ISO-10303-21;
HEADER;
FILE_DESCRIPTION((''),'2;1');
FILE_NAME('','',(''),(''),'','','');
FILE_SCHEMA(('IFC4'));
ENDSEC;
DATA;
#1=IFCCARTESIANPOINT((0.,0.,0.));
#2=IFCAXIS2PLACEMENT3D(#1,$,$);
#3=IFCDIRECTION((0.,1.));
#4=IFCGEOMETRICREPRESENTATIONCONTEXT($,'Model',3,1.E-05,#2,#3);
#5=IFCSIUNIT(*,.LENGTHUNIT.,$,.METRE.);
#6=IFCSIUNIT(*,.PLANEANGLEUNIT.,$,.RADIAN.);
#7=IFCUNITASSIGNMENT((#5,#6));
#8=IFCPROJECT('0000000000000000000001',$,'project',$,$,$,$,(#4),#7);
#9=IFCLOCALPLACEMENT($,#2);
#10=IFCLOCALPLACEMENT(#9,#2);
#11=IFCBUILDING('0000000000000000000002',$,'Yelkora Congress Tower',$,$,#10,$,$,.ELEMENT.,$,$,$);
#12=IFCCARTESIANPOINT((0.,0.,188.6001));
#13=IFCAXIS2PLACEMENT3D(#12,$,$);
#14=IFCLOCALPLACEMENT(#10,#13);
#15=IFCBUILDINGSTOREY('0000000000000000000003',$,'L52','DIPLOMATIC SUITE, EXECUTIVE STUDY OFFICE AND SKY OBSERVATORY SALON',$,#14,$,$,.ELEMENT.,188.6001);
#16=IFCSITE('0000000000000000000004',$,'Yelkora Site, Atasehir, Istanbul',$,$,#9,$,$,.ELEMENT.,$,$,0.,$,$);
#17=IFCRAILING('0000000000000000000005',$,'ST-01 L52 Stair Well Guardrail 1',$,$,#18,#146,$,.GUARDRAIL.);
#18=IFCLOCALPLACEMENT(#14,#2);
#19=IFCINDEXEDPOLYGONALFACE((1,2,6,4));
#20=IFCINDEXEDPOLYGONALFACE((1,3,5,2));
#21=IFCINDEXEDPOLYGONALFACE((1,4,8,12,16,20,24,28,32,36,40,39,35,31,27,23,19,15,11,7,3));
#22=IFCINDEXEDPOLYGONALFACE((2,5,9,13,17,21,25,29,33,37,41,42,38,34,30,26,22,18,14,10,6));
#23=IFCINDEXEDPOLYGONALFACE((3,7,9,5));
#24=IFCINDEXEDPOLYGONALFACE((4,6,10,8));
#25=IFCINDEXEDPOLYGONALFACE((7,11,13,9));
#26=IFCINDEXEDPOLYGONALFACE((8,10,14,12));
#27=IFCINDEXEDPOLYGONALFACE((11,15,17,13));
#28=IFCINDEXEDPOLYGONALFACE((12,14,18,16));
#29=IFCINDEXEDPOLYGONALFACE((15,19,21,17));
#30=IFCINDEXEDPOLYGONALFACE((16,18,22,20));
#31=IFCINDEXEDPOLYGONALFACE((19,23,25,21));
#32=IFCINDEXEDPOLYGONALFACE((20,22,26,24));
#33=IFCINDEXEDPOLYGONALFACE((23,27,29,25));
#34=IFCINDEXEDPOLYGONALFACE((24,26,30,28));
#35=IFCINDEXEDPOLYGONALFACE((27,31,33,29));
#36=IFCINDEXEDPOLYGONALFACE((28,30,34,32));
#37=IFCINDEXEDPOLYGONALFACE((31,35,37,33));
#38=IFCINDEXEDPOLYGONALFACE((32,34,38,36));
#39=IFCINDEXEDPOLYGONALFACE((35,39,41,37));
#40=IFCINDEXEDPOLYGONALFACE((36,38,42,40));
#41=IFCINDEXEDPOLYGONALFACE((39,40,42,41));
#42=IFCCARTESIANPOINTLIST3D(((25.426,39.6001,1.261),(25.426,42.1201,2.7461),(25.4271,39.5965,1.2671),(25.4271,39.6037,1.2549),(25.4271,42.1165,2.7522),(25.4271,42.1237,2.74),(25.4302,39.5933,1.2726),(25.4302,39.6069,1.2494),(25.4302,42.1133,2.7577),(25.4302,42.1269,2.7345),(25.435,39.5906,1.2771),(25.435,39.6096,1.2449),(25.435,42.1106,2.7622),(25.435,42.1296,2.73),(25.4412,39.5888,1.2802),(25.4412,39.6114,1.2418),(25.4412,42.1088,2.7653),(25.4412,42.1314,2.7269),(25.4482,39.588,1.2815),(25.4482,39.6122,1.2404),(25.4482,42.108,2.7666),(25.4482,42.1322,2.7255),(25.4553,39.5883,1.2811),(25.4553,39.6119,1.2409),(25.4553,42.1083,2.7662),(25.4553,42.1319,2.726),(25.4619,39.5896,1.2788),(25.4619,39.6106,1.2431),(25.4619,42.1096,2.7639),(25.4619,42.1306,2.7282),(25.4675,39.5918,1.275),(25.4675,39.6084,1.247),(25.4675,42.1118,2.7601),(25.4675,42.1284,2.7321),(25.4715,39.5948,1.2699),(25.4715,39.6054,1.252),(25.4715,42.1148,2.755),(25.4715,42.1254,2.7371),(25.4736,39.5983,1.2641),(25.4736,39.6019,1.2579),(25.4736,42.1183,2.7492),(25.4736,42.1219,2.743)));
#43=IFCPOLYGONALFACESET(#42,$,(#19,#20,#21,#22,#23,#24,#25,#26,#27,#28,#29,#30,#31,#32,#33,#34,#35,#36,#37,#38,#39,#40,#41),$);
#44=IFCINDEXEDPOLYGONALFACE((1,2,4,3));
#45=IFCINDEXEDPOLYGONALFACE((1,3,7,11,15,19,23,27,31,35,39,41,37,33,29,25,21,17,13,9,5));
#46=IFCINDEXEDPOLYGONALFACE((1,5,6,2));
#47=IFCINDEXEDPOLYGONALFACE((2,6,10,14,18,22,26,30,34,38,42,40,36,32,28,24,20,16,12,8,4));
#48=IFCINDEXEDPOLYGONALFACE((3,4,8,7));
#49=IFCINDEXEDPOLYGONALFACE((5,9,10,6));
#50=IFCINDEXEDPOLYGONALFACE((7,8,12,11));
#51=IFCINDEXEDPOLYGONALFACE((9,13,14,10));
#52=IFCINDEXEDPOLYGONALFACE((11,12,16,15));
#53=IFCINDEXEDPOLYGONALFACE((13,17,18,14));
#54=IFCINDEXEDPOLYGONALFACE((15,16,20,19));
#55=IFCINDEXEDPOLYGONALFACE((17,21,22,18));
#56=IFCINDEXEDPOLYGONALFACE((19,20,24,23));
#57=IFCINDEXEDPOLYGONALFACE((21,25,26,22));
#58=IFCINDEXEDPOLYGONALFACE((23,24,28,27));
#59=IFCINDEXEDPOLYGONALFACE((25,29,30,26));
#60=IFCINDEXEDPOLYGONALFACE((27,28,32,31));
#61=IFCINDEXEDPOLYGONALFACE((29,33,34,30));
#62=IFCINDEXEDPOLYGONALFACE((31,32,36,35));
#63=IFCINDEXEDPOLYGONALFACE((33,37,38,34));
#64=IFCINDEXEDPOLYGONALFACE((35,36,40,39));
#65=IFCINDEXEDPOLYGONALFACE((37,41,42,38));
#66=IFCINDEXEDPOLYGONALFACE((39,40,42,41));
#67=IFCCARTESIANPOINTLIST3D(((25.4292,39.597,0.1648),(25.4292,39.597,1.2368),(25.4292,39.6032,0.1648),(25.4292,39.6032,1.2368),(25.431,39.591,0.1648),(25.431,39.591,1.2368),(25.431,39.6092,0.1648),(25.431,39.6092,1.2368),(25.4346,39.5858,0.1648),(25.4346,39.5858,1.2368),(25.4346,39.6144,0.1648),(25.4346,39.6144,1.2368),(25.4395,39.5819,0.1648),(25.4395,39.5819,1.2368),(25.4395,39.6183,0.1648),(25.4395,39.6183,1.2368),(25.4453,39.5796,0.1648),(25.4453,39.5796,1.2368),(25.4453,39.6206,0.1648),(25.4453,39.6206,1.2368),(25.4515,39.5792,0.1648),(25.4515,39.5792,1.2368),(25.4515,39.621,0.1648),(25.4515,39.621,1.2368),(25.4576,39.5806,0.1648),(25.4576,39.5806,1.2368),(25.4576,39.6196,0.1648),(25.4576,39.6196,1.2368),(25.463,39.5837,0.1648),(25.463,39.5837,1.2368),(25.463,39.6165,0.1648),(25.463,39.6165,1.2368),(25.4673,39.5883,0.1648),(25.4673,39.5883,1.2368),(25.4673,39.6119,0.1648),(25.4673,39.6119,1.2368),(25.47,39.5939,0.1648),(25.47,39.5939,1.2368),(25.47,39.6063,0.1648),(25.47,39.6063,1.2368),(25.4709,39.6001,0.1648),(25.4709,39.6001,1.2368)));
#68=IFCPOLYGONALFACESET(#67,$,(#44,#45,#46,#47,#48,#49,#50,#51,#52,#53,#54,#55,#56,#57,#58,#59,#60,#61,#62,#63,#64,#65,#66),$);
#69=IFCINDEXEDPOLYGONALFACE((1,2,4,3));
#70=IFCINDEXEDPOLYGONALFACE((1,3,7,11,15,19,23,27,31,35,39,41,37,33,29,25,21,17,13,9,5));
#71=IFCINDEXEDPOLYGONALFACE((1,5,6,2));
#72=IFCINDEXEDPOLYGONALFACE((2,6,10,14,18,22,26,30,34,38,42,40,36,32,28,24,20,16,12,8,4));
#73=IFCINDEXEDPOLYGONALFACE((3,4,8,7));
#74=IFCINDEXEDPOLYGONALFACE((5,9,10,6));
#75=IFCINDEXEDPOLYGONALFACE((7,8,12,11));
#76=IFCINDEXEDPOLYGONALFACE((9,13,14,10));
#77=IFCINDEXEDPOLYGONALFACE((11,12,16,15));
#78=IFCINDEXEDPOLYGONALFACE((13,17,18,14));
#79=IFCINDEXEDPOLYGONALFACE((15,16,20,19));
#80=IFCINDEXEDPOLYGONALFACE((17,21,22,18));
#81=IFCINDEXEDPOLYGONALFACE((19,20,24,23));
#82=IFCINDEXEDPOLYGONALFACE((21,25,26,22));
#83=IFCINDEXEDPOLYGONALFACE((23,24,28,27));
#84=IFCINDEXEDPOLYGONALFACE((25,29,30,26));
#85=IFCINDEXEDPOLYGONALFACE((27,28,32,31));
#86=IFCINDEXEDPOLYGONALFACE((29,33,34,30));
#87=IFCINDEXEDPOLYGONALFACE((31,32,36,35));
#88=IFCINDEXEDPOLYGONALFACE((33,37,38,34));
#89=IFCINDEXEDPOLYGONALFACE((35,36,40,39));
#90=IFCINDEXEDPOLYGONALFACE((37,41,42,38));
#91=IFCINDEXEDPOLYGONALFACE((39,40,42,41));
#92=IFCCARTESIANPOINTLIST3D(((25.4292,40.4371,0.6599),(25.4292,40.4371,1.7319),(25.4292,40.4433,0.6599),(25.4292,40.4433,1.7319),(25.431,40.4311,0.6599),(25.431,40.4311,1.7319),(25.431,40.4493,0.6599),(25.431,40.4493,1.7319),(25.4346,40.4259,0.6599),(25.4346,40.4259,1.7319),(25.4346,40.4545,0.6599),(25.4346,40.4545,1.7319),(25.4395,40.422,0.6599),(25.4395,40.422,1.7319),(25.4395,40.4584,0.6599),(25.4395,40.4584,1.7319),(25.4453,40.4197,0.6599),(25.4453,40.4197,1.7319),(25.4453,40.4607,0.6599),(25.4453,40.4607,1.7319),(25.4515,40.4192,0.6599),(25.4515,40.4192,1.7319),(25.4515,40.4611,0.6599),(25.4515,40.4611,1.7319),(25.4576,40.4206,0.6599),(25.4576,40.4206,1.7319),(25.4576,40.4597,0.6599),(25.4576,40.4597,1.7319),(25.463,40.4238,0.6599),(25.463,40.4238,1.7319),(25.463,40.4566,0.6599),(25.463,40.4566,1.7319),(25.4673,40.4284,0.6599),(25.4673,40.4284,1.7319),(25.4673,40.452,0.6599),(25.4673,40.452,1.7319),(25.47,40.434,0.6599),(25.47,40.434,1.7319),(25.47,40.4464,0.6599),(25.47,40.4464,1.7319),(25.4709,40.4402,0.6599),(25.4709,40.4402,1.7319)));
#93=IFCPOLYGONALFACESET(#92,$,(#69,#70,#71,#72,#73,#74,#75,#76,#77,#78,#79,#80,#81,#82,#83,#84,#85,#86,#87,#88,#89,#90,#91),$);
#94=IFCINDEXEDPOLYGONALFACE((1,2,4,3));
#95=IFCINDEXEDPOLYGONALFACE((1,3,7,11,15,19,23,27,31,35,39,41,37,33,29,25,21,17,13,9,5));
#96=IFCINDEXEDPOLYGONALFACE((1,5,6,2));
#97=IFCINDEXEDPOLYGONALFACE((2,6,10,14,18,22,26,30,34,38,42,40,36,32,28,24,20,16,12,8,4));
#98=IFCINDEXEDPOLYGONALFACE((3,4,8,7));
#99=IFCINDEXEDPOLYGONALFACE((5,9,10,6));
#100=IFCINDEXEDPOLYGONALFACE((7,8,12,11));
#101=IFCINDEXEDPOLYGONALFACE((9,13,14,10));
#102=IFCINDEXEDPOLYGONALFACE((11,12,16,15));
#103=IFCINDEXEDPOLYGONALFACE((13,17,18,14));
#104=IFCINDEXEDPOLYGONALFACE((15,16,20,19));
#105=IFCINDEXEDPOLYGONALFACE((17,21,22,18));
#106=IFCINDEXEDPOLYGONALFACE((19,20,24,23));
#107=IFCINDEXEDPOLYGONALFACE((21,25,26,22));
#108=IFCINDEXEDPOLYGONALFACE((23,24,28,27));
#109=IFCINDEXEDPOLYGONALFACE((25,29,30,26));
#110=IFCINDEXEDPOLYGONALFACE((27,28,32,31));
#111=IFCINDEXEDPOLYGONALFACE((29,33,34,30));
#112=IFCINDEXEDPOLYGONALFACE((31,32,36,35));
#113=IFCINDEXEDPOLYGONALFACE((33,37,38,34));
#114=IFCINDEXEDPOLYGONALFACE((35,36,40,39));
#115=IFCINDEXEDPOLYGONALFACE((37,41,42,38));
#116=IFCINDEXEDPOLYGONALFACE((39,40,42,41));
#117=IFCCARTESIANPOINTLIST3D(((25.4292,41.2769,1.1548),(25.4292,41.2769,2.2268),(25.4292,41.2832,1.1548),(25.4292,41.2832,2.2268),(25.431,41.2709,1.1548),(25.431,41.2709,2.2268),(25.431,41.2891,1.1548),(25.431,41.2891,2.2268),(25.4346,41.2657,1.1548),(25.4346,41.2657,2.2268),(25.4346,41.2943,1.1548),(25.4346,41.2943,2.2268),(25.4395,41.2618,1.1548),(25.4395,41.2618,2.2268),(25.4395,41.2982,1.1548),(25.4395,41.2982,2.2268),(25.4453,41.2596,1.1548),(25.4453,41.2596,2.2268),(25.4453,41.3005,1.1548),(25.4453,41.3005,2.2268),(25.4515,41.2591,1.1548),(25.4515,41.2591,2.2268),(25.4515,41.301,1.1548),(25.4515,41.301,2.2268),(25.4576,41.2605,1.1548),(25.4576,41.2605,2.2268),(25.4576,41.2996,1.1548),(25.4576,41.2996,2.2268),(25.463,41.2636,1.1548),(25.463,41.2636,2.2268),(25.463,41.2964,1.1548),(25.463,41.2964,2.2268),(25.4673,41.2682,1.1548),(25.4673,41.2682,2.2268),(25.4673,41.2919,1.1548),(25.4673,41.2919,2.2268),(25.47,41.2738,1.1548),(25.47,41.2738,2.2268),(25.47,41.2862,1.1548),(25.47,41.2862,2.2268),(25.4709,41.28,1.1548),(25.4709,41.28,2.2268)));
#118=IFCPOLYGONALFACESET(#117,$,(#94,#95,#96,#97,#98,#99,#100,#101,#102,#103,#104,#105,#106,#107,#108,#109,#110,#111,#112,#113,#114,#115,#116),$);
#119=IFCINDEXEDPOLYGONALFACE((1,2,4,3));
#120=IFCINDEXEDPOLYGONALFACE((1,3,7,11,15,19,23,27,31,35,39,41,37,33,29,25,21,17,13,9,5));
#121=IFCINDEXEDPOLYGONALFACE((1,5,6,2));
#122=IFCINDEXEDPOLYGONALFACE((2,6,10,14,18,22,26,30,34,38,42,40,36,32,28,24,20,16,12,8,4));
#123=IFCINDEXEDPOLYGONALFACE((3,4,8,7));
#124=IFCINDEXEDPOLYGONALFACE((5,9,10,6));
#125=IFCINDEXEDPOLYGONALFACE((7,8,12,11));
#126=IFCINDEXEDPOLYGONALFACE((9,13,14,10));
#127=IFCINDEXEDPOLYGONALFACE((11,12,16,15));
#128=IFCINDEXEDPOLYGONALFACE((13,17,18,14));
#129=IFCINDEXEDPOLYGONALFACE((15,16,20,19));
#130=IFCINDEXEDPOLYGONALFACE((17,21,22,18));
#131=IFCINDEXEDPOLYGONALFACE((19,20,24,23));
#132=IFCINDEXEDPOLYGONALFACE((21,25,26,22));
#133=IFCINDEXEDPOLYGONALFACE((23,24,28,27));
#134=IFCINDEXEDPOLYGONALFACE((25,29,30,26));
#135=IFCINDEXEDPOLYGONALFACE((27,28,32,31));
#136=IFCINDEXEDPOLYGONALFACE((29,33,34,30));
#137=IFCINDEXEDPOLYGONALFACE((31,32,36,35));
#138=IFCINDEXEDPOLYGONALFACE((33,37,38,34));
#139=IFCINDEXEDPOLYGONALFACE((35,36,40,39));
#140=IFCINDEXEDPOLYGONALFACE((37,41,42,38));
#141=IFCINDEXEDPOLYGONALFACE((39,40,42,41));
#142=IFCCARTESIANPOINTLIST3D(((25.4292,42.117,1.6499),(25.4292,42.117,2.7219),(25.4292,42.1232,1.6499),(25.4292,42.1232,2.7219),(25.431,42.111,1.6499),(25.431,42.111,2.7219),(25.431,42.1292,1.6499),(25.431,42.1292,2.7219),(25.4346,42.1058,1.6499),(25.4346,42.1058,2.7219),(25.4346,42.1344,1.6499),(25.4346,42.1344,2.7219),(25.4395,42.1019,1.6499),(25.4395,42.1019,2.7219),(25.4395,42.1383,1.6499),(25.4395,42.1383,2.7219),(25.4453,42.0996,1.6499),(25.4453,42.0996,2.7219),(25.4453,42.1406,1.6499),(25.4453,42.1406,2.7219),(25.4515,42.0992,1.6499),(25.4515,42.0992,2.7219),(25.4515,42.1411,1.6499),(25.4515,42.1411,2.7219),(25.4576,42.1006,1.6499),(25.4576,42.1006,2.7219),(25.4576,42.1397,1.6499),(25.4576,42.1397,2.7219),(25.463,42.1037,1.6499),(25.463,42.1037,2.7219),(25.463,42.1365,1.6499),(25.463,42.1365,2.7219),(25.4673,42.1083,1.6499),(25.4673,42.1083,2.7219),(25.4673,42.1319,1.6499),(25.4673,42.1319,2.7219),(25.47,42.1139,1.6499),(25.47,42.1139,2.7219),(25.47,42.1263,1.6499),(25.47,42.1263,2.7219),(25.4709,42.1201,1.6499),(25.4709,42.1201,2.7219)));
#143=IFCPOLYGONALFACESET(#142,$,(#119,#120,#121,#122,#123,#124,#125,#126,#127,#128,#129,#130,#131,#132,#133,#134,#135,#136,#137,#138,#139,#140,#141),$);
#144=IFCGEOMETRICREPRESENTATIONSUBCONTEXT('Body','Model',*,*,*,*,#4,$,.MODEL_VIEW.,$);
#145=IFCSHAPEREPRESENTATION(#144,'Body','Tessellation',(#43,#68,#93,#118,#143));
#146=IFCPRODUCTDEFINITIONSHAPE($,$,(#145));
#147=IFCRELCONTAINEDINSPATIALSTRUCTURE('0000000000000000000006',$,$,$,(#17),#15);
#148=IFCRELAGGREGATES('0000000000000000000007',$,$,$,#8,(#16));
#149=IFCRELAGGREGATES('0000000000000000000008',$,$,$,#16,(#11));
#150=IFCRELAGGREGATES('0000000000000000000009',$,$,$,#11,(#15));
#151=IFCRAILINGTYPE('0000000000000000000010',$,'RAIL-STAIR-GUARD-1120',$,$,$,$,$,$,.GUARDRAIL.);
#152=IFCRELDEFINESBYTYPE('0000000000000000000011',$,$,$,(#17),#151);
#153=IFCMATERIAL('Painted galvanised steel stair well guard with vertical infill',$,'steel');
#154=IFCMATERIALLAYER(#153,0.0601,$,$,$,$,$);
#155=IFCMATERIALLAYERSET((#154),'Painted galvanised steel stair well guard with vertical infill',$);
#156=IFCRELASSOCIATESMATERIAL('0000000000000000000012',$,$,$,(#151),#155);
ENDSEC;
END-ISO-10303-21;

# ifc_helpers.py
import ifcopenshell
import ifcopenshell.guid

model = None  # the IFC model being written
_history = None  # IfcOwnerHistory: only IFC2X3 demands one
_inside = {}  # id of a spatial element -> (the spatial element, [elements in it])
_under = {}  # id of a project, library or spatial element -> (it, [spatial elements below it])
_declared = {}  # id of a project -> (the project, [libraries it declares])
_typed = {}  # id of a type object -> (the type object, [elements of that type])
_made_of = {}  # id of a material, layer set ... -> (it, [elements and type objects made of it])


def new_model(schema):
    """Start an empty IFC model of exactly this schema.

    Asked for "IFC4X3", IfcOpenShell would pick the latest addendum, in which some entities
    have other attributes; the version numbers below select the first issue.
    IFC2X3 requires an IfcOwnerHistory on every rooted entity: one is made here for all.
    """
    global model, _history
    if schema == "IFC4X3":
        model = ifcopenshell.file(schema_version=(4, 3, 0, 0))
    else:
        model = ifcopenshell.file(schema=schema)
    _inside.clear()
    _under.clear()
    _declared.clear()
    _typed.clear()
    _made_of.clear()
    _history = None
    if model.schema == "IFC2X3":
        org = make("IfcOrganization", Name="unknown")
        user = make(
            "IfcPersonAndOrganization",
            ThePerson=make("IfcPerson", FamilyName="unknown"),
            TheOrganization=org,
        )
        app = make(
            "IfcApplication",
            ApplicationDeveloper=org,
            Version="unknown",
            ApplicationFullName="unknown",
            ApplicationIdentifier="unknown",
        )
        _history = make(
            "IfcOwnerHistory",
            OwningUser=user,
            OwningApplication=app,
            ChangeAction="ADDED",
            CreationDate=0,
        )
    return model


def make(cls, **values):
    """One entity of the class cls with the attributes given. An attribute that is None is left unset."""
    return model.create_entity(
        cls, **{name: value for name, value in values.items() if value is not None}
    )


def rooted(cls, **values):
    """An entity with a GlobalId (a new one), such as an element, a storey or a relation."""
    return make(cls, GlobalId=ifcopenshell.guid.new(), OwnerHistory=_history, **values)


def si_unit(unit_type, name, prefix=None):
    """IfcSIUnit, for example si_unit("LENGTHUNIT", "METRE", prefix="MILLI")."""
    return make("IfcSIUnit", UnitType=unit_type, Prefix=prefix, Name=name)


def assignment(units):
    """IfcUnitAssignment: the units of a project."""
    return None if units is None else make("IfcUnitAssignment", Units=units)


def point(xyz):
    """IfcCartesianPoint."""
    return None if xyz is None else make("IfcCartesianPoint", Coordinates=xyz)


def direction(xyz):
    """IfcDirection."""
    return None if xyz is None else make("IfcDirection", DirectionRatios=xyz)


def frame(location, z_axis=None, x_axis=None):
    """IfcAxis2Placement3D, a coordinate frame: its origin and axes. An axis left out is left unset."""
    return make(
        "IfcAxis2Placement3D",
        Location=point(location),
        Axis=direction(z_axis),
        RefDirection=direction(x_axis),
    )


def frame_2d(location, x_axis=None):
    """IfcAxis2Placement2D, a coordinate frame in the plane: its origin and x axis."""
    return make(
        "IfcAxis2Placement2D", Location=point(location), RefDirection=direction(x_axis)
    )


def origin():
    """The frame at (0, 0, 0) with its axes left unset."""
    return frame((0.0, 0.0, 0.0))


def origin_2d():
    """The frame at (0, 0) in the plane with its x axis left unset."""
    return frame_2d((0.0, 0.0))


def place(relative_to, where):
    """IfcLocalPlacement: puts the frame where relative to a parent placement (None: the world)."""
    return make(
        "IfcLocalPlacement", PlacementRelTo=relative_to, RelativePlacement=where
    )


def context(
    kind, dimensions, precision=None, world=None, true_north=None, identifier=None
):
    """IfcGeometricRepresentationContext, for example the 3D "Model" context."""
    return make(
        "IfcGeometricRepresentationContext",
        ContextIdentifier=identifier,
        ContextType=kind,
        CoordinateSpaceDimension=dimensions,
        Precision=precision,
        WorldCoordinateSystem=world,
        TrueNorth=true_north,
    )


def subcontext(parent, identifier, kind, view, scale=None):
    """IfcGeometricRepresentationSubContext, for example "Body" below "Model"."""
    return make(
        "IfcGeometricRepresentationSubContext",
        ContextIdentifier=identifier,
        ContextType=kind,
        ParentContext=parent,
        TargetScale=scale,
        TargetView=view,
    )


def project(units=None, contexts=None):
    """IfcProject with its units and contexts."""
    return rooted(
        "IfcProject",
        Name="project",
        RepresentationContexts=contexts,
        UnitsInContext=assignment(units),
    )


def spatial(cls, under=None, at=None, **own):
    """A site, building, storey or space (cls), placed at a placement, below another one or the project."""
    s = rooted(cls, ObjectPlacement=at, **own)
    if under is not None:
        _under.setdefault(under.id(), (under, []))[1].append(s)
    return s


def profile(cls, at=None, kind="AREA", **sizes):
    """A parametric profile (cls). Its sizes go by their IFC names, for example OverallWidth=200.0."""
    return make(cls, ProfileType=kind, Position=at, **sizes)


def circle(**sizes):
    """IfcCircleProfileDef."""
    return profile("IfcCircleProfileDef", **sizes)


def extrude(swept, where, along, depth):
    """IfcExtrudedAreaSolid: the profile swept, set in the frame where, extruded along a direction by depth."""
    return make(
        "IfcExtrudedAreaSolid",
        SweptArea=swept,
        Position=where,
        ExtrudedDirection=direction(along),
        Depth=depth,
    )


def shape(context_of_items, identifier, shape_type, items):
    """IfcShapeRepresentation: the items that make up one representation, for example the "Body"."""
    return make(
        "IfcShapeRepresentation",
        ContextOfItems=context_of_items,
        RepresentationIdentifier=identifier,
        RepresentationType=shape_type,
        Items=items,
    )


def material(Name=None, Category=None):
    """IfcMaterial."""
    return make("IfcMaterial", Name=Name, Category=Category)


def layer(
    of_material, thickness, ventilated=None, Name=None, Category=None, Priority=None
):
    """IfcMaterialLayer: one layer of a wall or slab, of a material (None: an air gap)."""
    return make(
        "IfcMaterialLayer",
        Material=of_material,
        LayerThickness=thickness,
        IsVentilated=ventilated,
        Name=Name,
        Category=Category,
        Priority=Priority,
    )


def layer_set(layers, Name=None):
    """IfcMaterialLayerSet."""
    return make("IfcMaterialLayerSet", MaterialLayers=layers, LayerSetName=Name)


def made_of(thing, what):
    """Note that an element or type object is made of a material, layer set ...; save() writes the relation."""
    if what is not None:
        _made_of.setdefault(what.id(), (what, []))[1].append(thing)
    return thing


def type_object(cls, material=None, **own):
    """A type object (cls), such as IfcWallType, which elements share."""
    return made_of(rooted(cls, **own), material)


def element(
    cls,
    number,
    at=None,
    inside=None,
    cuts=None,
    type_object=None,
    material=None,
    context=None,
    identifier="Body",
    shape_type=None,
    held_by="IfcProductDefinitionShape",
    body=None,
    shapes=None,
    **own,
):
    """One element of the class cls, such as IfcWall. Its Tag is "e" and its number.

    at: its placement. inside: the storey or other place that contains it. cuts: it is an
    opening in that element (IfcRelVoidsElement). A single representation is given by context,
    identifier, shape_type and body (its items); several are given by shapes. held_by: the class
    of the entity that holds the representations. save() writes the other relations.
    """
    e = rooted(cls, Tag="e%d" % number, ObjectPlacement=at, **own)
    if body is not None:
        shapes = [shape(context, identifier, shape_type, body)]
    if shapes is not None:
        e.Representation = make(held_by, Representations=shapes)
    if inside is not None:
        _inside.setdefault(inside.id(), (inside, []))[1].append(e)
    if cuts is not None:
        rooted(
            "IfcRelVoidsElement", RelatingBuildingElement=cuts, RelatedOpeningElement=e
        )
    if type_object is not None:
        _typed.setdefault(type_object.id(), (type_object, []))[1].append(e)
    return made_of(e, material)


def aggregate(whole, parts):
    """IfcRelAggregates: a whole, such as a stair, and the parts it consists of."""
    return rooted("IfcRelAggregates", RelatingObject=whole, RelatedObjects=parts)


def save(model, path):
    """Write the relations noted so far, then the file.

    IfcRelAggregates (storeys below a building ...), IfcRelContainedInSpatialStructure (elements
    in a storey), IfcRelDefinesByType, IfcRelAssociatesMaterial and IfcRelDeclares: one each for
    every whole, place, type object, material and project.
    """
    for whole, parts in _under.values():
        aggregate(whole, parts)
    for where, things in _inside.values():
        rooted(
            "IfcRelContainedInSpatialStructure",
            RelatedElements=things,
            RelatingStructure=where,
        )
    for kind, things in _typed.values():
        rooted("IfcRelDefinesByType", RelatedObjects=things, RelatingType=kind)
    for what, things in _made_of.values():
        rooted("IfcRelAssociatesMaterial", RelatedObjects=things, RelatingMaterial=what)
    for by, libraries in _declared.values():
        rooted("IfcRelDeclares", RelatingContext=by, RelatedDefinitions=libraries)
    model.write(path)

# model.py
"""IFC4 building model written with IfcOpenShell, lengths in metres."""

from ifc_helpers import new_model, si_unit, direction, frame, origin, origin_2d, place, context, subcontext, project, spatial, circle, extrude, material, layer, layer_set, type_object, element, save


model = new_model("IFC4")

# Units and contexts
model_context = context("Model", 3, precision=1e-05, world=origin(), true_north=direction((0.0, 1.0)))
body_context = subcontext(model_context, "Body", "Model", "MODEL_VIEW")
ifc_project = project(units=[si_unit("LENGTHUNIT", "METRE"), si_unit("PLANEANGLEUNIT", "RADIAN")], contexts=[model_context])

# Site, building, storey
site_placement = place(None, origin())
site = spatial("IfcSite", under=ifc_project, at=site_placement, Name="Yelkora Site, Atasehir, Istanbul", CompositionType="ELEMENT", RefElevation=0.0)
building_placement = place(site_placement, origin())
building = spatial("IfcBuilding", under=site, at=building_placement, Name="Yelkora Congress Tower", CompositionType="ELEMENT")
storey_placement = place(building_placement, frame((0.0, 0.0, 188.6001)))
storey = spatial("IfcBuildingStorey", under=building, at=storey_placement, Name="L52", Description="DIPLOMATIC SUITE, EXECUTIVE STUDY OFFICE AND SKY OBSERVATORY SALON", CompositionType="ELEMENT", Elevation=188.6001)

# Railing
ifc_material_1 = material(Name="Painted galvanised steel stair well guard with vertical infill", Category="steel")
ifc_layer_1 = layer(ifc_material_1, 0.0601)
ifc_layer_set_1 = layer_set([ifc_layer_1], Name="Painted galvanised steel stair well guard with vertical infill")
railing_type_1 = type_object("IfcRailingType", Name="RAIL-STAIR-GUARD-1120", PredefinedType="GUARDRAIL", material=ifc_layer_set_1)
railing_1_placement = place(storey_placement, frame((25.45, 39.6001, 0.1648)))
element("IfcRailing", 1, at=railing_1_placement, inside=storey, type_object=railing_type_1, Name="ST-01 L52 Stair Well Guardrail 1", PredefinedType="GUARDRAIL", context=body_context, shape_type="SweptSolid", body=[
    extrude(circle(Radius=0.0239, at=origin_2d()), frame((0.0, 0.0, 1.0962), z_axis=(0.0, 0.861524, 0.507717), x_axis=(-1.0, 0.0, 0.0)), (0.0, 0.0, 1.0), 2.925),
    extrude(circle(Radius=0.021, at=origin_2d()), origin(), (0.0, 0.0, 1.0), 1.072),
    extrude(circle(Radius=0.021, at=origin_2d()), frame((0.0, 0.8401, 0.4951)), (0.0, 0.0, 1.0), 1.072),
    extrude(circle(Radius=0.021, at=origin_2d()), frame((0.0, 1.6799, 0.99)), (0.0, 0.0, 1.0), 1.072),
    extrude(circle(Radius=0.021, at=origin_2d()), frame((0.0, 2.52, 1.4851)), (0.0, 0.0, 1.0), 1.072),
])

save(model, "model.ifc")
